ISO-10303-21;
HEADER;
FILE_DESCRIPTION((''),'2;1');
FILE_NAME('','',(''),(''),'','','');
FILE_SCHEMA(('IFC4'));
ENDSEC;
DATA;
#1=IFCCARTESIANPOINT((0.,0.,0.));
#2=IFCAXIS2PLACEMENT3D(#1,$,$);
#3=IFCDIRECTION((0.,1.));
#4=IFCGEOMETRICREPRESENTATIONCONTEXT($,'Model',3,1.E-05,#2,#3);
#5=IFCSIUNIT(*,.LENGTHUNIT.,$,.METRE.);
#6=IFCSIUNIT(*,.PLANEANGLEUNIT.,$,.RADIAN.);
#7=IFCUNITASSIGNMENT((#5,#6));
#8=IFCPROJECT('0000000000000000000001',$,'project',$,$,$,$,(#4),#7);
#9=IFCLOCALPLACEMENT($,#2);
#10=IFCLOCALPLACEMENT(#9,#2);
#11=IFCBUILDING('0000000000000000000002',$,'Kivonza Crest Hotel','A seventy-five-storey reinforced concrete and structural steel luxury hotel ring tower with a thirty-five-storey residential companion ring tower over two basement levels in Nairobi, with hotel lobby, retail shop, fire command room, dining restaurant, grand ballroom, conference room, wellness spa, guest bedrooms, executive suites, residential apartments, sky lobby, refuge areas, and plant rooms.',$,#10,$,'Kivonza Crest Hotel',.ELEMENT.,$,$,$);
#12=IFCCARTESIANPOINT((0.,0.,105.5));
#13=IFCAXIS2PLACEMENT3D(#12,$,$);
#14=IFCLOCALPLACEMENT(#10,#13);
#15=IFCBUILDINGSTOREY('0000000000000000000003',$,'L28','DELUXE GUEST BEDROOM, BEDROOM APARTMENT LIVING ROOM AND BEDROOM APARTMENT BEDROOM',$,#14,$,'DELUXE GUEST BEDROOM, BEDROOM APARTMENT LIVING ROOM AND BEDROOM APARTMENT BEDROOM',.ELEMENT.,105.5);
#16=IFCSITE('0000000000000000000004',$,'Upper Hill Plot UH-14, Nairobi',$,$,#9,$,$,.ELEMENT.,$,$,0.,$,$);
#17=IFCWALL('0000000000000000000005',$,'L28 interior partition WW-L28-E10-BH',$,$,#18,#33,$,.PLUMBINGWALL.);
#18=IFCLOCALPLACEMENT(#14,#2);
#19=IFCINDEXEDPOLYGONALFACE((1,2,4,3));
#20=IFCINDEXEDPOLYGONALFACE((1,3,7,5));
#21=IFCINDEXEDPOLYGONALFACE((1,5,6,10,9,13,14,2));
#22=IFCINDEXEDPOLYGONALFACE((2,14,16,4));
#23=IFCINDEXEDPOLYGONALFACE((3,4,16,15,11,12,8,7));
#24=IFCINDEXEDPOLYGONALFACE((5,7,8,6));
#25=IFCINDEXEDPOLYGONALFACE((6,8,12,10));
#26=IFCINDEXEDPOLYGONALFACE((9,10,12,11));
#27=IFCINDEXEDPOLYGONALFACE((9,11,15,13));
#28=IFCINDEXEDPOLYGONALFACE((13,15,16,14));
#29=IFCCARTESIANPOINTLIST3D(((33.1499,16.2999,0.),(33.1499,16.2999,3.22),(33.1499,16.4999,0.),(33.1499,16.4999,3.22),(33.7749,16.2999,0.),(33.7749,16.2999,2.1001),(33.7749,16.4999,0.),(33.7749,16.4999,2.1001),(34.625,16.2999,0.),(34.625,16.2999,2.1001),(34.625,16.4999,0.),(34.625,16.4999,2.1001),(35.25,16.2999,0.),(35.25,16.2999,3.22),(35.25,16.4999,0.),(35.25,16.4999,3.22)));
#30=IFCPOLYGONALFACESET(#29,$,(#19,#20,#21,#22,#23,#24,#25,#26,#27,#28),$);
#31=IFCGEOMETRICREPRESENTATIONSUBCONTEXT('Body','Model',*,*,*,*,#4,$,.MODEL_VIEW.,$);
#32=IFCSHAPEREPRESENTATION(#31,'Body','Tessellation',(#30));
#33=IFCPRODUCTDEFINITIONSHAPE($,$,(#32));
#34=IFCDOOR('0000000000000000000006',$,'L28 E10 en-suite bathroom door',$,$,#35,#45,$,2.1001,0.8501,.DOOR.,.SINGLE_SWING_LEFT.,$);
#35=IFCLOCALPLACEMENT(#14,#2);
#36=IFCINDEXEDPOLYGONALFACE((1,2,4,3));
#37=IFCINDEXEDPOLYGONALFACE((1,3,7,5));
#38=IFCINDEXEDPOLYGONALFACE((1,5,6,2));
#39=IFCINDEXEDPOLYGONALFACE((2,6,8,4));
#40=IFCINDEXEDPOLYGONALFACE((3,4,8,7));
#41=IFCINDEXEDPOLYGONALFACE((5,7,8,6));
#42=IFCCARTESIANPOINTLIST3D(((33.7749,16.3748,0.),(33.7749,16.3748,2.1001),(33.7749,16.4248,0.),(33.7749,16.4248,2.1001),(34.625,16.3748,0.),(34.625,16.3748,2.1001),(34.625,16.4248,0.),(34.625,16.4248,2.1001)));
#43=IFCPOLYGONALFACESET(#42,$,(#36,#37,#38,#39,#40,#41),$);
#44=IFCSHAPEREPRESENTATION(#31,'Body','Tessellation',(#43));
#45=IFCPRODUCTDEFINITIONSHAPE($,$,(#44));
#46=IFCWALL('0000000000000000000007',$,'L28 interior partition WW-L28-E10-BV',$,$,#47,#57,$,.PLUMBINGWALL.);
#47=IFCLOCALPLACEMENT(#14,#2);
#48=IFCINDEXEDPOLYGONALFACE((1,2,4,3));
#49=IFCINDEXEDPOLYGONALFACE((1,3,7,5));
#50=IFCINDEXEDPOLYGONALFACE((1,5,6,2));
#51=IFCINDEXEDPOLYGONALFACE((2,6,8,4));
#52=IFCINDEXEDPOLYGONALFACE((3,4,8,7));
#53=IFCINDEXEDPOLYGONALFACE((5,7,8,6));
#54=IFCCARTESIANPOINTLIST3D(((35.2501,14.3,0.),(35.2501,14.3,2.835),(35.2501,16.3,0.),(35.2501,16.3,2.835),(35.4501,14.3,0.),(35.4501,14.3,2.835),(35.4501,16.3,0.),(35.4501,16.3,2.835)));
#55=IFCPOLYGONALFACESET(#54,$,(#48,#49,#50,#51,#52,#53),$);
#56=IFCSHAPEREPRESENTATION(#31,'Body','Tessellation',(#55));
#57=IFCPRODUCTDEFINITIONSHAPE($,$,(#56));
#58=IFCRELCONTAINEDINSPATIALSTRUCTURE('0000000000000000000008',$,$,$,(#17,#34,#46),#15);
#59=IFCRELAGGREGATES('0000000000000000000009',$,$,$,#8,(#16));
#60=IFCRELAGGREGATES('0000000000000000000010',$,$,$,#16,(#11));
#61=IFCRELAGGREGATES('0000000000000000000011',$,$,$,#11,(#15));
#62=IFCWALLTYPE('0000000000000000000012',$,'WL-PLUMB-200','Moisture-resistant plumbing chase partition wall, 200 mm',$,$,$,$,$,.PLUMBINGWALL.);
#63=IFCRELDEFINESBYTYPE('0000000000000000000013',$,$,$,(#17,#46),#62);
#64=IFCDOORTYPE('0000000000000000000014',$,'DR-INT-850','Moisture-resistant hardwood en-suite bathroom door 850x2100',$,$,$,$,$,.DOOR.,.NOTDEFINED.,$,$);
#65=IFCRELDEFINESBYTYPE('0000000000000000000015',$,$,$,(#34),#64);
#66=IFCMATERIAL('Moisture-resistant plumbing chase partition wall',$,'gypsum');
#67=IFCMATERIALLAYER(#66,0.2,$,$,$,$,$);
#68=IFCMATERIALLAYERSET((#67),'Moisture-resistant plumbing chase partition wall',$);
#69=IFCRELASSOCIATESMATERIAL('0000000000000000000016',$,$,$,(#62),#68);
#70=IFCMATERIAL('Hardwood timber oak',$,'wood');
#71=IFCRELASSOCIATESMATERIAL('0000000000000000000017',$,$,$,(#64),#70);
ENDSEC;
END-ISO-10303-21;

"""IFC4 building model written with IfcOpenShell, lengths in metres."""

from ifc_helpers import new_model, si_unit, direction, frame, frame_2d, origin, place, context, subcontext, project, spatial, rectangle, extrude, material, layer, layer_set, type_object, element, fill, save


model = new_model("IFC4")

# Units and contexts
model_context = context("Model", 3, precision=1e-05, world=origin(), true_north=direction((0.0, 1.0)))
body_context = subcontext(model_context, "Body", "Model", "MODEL_VIEW")
ifc_project = project(units=[si_unit("LENGTHUNIT", "METRE"), si_unit("PLANEANGLEUNIT", "RADIAN")], contexts=[model_context])

# Site, building, storey
site_placement = place(None, origin())
site = spatial("IfcSite", under=ifc_project, at=site_placement, Name="Upper Hill Plot UH-14, Nairobi", CompositionType="ELEMENT", RefElevation=0.0)
building_placement = place(site_placement, origin())
building = spatial("IfcBuilding", under=site, at=building_placement, Name="Kivonza Crest Hotel", Description="A seventy-five-storey reinforced concrete and structural steel luxury hotel ring tower with a thirty-five-storey residential companion ring tower over two basement levels in Nairobi, with hotel lobby, retail shop, fire command room, dining restaurant, grand ballroom, conference room, wellness spa, guest bedrooms, executive suites, residential apartments, sky lobby, refuge areas, and plant rooms.", LongName="Kivonza Crest Hotel", CompositionType="ELEMENT")
storey_placement = place(building_placement, frame((0.0, 0.0, 105.5)))
storey = spatial("IfcBuildingStorey", under=building, at=storey_placement, Name="L28", Description="DELUXE GUEST BEDROOM, BEDROOM APARTMENT LIVING ROOM AND BEDROOM APARTMENT BEDROOM", LongName="DELUXE GUEST BEDROOM, BEDROOM APARTMENT LIVING ROOM AND BEDROOM APARTMENT BEDROOM", CompositionType="ELEMENT", Elevation=105.5)

# Shared definitions
ifc_material_1 = material(Name="Hardwood timber oak", Category="wood")

# Wall, opening, door
ifc_material_2 = material(Name="Moisture-resistant plumbing chase partition wall", Category="gypsum")
ifc_layer_1 = layer(ifc_material_2, 0.2)
ifc_layer_set_1 = layer_set([ifc_layer_1], Name="Moisture-resistant plumbing chase partition wall")
wall_type_1 = type_object("IfcWallType", Name="WL-PLUMB-200", Description="Moisture-resistant plumbing chase partition wall, 200 mm", PredefinedType="PLUMBINGWALL", material=ifc_layer_set_1)
wall_1_placement = place(storey_placement, frame((33.1499, 16.3999, 0.0), z_axis=(0.0, 0.0, 1.0), x_axis=(1.0, 0.0, 0.0)))
wall_1 = element("IfcWall", 1, at=wall_1_placement, inside=storey, type_object=wall_type_1, Name="L28 interior partition WW-L28-E10-BH", PredefinedType="PLUMBINGWALL", context=body_context, shape_type="SweptSolid", body=[
    extrude(rectangle(XDim=2.1001, YDim=0.2, at=frame_2d((1.05, 0.0))), origin(), (0.0, 0.0, 1.0), 3.22),
])
opening_1_placement = place(wall_1_placement, frame((0.625, 0.0, 0.0)))
opening_1 = element("IfcOpeningElement", 2, at=opening_1_placement, cuts=wall_1, PredefinedType="OPENING", context=body_context, shape_type="SweptSolid", body=[
    extrude(rectangle(XDim=0.8501, YDim=2.1001, at=frame_2d((0.425, 1.05))), frame((0.0, 0.1099, 0.0), z_axis=(0.0, -1.0, 0.0), x_axis=(1.0, 0.0, 0.0)), (0.0, 0.0, 1.0), 0.22),
])
door_type_1 = type_object("IfcDoorType", Name="DR-INT-850", Description="Moisture-resistant hardwood en-suite bathroom door 850x2100", OperationType="NOTDEFINED", PredefinedType="DOOR", material=ifc_material_1)
door_1_placement = place(opening_1_placement, origin())
door_1 = element("IfcDoor", 3, at=door_1_placement, inside=storey, type_object=door_type_1, Name="L28 E10 en-suite bathroom door", OperationType="SINGLE_SWING_LEFT", OverallHeight=2.1001, OverallWidth=0.8501, PredefinedType="DOOR", context=body_context, shape_type="SweptSolid", body=[
    extrude(rectangle(XDim=0.8501, YDim=2.1001, at=frame_2d((0.425, 1.05))), frame((0.0, 0.0249, 0.0), z_axis=(0.0, -1.0, 0.0), x_axis=(1.0, 0.0, 0.0)), (0.0, 0.0, 1.0), 0.05),
])
fill(opening_1, door_1)

# Wall
wall_2_placement = place(storey_placement, frame((35.3501, 14.3, 0.0), z_axis=(0.0, 0.0, 1.0), x_axis=(0.0, 1.0, 0.0)))
element("IfcWall", 4, at=wall_2_placement, inside=storey, type_object=wall_type_1, Name="L28 interior partition WW-L28-E10-BV", PredefinedType="PLUMBINGWALL", context=body_context, shape_type="SweptSolid", body=[
    extrude(rectangle(XDim=2.0, YDim=0.2, at=frame_2d((1.0, 0.0))), origin(), (0.0, 0.0, 1.0), 2.835),
])

save(model, "model.ifc")
